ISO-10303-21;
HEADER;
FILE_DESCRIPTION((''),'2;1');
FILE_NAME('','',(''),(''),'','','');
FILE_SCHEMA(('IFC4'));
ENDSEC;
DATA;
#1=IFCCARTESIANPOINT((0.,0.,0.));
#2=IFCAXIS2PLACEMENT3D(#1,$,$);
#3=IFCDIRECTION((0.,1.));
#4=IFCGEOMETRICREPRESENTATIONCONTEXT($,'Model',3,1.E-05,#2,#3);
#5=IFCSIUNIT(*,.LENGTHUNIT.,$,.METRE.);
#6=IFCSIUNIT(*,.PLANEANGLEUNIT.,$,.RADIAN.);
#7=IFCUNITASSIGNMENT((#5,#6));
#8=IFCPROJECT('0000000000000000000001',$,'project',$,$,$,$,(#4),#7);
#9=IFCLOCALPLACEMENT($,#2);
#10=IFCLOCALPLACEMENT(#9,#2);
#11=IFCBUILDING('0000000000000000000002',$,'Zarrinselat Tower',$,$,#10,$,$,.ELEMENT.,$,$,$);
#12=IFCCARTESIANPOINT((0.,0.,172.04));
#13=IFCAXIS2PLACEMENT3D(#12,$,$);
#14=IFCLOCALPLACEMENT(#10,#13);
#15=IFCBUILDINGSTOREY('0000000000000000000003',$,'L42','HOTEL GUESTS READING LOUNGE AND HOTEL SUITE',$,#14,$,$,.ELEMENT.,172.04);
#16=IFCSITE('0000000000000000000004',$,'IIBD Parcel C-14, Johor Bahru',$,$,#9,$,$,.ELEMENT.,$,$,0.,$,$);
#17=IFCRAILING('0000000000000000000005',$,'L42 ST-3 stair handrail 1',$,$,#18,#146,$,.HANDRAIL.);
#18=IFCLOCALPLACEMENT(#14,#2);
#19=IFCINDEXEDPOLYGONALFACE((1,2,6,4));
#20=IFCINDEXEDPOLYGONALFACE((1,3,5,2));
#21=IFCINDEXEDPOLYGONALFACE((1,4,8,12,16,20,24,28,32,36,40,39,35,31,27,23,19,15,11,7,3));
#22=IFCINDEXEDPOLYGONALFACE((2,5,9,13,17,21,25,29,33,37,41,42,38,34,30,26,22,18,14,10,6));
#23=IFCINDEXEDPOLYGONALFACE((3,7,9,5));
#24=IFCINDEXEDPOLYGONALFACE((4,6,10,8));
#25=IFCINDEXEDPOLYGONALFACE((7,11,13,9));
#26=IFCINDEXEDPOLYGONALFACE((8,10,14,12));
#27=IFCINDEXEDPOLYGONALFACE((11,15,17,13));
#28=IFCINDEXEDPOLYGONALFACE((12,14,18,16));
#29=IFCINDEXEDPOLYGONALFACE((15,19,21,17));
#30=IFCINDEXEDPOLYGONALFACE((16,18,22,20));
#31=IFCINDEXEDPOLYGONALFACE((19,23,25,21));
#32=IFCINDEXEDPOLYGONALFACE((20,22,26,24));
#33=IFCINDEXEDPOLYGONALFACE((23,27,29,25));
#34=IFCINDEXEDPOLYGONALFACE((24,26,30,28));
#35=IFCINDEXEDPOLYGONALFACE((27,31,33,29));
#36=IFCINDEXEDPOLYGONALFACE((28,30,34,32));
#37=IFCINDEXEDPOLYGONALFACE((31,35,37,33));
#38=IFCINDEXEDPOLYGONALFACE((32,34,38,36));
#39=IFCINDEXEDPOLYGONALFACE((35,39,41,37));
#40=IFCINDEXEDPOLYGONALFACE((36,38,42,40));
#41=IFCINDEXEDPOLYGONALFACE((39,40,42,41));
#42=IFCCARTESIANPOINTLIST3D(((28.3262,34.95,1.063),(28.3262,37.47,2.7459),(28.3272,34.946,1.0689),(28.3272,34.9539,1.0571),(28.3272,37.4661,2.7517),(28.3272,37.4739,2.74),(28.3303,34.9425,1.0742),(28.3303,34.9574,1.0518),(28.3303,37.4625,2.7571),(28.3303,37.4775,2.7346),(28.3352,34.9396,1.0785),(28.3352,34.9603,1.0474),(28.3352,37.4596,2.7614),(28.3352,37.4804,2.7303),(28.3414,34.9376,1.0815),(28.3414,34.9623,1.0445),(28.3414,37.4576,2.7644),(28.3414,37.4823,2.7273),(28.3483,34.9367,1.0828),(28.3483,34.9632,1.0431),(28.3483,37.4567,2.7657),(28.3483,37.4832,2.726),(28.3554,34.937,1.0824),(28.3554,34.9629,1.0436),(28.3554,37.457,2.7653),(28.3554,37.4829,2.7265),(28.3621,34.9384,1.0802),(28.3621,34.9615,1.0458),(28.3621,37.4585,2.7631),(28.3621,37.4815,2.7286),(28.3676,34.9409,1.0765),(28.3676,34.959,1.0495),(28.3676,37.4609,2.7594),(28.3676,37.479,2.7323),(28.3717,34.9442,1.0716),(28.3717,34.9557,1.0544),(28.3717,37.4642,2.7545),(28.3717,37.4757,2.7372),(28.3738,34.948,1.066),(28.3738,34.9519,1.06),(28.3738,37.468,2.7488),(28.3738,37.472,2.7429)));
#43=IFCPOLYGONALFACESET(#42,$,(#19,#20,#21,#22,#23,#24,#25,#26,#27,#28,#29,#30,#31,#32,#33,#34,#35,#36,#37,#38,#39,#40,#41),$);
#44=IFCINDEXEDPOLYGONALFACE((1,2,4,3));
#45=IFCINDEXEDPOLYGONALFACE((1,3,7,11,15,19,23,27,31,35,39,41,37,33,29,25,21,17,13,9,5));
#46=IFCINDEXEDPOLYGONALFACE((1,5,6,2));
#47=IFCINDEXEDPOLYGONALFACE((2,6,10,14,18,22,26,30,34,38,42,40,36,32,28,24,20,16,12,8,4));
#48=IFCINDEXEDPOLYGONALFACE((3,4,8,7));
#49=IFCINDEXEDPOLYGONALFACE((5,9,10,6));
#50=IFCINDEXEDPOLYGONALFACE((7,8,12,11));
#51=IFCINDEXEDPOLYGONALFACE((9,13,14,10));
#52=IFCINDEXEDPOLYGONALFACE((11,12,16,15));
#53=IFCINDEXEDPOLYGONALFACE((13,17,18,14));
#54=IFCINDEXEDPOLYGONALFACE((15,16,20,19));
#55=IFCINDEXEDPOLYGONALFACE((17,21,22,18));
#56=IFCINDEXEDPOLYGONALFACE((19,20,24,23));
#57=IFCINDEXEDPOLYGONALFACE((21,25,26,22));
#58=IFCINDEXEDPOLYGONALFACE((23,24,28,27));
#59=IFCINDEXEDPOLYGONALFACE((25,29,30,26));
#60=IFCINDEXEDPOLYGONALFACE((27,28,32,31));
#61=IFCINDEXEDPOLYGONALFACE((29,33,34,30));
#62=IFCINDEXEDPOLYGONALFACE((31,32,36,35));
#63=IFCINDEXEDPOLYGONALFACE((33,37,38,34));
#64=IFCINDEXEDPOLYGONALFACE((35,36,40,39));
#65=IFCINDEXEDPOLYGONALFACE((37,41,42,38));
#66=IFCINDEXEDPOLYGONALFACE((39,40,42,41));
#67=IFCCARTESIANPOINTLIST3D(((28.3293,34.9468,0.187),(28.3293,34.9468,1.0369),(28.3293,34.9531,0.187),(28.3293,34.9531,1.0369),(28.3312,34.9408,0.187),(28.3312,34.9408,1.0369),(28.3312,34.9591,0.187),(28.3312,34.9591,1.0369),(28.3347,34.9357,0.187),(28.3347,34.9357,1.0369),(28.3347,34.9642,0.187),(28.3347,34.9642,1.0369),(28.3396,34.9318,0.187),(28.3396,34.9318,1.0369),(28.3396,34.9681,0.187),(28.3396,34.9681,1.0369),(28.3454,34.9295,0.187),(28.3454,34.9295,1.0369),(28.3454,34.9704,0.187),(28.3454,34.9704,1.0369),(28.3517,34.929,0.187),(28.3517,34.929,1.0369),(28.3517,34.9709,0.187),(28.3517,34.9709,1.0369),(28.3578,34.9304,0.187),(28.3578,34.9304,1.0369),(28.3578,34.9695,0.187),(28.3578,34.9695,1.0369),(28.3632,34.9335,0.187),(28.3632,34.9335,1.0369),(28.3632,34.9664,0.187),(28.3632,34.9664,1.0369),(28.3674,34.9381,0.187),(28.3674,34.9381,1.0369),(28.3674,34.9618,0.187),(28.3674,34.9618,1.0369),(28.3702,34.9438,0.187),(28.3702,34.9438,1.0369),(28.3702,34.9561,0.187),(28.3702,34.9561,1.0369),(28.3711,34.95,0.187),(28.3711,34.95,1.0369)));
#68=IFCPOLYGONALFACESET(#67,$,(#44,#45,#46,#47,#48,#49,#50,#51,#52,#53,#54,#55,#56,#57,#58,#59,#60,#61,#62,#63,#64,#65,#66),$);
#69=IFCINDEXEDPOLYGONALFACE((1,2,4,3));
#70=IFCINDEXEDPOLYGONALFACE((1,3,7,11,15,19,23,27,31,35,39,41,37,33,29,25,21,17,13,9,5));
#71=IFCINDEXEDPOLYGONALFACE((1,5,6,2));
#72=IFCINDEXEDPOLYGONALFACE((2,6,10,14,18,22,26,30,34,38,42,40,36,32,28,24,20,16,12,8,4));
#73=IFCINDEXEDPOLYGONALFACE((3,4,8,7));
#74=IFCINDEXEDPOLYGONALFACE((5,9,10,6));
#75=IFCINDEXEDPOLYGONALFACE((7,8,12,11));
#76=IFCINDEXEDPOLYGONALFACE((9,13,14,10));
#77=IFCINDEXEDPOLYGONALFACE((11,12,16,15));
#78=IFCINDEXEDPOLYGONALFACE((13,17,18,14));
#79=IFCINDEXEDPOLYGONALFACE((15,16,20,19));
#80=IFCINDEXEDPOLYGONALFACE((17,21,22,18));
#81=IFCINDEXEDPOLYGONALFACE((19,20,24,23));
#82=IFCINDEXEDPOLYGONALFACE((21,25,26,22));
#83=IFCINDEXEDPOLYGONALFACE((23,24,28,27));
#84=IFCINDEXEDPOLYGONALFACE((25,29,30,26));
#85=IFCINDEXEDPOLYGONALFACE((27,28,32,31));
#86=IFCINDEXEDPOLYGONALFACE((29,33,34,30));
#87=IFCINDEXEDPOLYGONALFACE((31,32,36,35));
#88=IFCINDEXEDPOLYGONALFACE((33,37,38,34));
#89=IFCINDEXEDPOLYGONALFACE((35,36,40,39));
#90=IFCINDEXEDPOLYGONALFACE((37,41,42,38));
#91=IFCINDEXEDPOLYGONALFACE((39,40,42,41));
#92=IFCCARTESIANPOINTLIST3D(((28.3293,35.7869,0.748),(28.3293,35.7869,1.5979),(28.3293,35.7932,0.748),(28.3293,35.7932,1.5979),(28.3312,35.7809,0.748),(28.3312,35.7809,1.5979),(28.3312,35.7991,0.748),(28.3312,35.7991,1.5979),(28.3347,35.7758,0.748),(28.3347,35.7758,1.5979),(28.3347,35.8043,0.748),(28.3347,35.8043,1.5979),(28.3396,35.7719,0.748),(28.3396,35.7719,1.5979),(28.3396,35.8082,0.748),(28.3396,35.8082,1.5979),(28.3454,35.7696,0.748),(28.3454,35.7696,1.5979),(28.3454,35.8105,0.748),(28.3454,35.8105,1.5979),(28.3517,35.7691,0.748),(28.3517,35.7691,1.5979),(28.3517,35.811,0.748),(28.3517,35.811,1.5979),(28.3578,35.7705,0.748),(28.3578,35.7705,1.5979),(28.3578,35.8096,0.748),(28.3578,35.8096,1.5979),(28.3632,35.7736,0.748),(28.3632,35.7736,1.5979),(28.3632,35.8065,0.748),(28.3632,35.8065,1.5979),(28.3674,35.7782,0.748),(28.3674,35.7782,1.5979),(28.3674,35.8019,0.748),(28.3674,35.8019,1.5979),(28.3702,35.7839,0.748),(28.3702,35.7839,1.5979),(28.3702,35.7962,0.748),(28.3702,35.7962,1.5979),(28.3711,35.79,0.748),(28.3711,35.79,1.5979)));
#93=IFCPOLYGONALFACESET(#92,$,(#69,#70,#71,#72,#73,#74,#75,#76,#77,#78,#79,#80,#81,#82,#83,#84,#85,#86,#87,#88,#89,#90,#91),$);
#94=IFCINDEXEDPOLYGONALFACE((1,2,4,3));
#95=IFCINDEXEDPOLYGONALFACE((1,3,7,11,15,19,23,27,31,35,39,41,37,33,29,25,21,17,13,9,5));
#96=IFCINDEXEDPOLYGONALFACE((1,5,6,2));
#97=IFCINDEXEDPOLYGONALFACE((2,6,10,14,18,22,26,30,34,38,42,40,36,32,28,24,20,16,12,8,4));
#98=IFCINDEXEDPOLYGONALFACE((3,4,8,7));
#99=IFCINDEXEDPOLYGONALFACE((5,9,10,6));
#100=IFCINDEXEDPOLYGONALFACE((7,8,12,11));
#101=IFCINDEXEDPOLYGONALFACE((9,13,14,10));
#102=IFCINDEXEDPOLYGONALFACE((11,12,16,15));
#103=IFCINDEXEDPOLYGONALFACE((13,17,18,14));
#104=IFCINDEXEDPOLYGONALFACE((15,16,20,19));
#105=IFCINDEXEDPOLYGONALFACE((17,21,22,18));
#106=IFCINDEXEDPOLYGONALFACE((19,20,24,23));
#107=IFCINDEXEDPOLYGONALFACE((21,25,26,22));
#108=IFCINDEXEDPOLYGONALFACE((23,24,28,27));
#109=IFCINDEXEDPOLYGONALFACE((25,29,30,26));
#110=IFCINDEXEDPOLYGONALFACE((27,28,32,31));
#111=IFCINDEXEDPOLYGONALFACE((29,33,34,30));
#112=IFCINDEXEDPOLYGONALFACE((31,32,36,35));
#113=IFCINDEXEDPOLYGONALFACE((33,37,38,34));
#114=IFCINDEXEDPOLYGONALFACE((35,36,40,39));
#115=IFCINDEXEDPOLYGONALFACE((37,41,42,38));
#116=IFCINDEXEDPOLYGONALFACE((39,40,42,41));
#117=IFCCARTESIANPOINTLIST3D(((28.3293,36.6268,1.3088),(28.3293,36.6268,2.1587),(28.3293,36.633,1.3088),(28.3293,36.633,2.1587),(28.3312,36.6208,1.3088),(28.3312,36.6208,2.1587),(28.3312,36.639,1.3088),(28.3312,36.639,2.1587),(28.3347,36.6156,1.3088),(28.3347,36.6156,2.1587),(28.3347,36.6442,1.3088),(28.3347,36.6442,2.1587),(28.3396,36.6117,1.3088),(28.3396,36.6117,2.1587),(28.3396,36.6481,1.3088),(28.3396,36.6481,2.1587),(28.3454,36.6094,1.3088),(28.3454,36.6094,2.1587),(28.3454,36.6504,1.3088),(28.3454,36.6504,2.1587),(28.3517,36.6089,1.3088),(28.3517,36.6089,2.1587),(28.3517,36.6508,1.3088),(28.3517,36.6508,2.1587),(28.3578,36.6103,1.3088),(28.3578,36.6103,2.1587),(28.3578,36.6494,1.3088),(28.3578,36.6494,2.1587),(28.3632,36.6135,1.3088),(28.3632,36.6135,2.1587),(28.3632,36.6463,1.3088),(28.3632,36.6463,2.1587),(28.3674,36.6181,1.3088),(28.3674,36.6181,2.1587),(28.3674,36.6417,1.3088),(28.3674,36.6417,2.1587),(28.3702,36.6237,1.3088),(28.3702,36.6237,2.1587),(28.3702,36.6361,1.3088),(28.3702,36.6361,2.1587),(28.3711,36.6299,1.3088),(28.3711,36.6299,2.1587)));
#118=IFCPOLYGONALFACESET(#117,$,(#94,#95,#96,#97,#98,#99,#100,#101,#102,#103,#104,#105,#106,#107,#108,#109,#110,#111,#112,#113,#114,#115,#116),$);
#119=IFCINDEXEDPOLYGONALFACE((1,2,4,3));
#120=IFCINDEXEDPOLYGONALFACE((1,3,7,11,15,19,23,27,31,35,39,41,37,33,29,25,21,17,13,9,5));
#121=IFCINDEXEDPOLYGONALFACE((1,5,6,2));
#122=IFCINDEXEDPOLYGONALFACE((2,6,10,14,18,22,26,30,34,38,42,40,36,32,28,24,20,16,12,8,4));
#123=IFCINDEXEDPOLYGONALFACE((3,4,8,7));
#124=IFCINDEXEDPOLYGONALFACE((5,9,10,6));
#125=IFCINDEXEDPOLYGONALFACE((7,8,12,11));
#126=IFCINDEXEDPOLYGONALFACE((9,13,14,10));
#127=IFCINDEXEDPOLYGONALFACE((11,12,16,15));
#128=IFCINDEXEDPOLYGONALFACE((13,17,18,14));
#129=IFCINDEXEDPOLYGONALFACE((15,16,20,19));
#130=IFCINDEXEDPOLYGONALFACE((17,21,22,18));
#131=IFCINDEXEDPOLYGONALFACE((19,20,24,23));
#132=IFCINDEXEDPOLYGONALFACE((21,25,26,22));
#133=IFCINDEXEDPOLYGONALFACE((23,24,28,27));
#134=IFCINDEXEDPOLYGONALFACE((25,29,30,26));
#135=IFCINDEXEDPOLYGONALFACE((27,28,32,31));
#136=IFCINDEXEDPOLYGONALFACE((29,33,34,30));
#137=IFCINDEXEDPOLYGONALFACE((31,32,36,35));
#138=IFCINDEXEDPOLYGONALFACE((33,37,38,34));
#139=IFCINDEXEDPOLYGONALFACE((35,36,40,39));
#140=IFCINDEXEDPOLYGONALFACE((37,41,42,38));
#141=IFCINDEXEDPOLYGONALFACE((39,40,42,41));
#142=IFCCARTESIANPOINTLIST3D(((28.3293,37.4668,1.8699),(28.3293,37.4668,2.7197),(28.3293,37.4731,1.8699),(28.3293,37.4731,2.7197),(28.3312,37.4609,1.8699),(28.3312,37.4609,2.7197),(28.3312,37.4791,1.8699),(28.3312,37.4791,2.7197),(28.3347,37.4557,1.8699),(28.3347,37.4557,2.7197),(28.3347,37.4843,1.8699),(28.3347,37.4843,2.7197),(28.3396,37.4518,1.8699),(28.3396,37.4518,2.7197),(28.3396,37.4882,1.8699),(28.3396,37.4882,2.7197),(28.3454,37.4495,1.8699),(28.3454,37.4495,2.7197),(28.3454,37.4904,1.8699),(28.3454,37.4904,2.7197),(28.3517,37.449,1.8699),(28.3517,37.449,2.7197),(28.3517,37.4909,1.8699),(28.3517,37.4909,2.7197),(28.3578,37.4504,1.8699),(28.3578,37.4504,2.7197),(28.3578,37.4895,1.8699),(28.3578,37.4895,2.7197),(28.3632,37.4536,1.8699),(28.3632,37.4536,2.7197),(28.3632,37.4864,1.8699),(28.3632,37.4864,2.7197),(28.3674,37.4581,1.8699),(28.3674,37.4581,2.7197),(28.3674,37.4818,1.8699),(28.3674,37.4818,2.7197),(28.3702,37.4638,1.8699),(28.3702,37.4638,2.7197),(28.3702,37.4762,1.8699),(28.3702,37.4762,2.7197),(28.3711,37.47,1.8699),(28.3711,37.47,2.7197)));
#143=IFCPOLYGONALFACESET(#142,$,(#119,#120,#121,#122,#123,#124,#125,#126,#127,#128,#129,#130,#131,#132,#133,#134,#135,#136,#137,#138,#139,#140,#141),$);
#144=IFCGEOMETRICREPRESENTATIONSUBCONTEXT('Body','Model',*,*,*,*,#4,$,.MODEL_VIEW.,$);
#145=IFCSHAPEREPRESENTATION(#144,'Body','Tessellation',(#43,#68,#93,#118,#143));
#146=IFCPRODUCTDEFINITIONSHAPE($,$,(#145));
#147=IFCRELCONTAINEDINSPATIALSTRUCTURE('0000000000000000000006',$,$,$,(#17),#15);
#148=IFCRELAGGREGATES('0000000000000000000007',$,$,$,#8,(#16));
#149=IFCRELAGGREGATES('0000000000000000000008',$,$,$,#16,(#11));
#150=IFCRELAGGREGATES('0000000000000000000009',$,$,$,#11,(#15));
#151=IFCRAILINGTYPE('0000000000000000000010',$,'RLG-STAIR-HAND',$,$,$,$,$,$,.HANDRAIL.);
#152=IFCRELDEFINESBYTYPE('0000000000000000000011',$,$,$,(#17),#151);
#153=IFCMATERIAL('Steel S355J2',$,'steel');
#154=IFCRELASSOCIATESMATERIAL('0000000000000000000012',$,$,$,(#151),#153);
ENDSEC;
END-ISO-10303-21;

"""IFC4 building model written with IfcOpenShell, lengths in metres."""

from ifc_helpers import new_model, si_unit, direction, frame, origin, origin_2d, place, context, subcontext, project, spatial, circle, extrude, material, type_object, element, save


model = new_model("IFC4")

# Units and contexts
model_context = context("Model", 3, precision=1e-05, world=origin(), true_north=direction((0.0, 1.0)))
body_context = subcontext(model_context, "Body", "Model", "MODEL_VIEW")
ifc_project = project(units=[si_unit("LENGTHUNIT", "METRE"), si_unit("PLANEANGLEUNIT", "RADIAN")], contexts=[model_context])

# Site, building, storey
site_placement = place(None, origin())
site = spatial("IfcSite", under=ifc_project, at=site_placement, Name="IIBD Parcel C-14, Johor Bahru", CompositionType="ELEMENT", RefElevation=0.0)
building_placement = place(site_placement, origin())
building = spatial("IfcBuilding", under=site, at=building_placement, Name="Zarrinselat Tower", CompositionType="ELEMENT")
storey_placement = place(building_placement, frame((0.0, 0.0, 172.04)))
storey = spatial("IfcBuildingStorey", under=building, at=storey_placement, Name="L42", Description="HOTEL GUESTS READING LOUNGE AND HOTEL SUITE", CompositionType="ELEMENT", Elevation=172.04)

# Railing
ifc_material_1 = material(Name="Steel S355J2", Category="steel")
railing_type_1 = type_object("IfcRailingType", Name="RLG-STAIR-HAND", PredefinedType="HANDRAIL", material=ifc_material_1)
railing_1_placement = place(storey_placement, frame((28.3501, 34.95, 0.187)))
element("IfcRailing", 1, at=railing_1_placement, inside=storey, type_object=railing_type_1, Name="L42 ST-3 stair handrail 1", PredefinedType="HANDRAIL", context=body_context, shape_type="SweptSolid", body=[
    extrude(circle(Radius=0.0239, at=origin_2d()), frame((0.0, 0.0, 0.876), z_axis=(0.0, 0.831616, 0.555351), x_axis=(-1.0, 0.0, 0.0)), (0.0, 0.0, 1.0), 3.0303),
    extrude(circle(Radius=0.021, at=origin_2d()), origin(), (0.0, 0.0, 1.0), 0.8499),
    extrude(circle(Radius=0.021, at=origin_2d()), frame((0.0, 0.8401, 0.561)), (0.0, 0.0, 1.0), 0.8499),
    extrude(circle(Radius=0.021, at=origin_2d()), frame((0.0, 1.6799, 1.1218)), (0.0, 0.0, 1.0), 0.8499),
    extrude(circle(Radius=0.021, at=origin_2d()), frame((0.0, 2.52, 1.6829)), (0.0, 0.0, 1.0), 0.8499),
])

save(model, "model.ifc")
